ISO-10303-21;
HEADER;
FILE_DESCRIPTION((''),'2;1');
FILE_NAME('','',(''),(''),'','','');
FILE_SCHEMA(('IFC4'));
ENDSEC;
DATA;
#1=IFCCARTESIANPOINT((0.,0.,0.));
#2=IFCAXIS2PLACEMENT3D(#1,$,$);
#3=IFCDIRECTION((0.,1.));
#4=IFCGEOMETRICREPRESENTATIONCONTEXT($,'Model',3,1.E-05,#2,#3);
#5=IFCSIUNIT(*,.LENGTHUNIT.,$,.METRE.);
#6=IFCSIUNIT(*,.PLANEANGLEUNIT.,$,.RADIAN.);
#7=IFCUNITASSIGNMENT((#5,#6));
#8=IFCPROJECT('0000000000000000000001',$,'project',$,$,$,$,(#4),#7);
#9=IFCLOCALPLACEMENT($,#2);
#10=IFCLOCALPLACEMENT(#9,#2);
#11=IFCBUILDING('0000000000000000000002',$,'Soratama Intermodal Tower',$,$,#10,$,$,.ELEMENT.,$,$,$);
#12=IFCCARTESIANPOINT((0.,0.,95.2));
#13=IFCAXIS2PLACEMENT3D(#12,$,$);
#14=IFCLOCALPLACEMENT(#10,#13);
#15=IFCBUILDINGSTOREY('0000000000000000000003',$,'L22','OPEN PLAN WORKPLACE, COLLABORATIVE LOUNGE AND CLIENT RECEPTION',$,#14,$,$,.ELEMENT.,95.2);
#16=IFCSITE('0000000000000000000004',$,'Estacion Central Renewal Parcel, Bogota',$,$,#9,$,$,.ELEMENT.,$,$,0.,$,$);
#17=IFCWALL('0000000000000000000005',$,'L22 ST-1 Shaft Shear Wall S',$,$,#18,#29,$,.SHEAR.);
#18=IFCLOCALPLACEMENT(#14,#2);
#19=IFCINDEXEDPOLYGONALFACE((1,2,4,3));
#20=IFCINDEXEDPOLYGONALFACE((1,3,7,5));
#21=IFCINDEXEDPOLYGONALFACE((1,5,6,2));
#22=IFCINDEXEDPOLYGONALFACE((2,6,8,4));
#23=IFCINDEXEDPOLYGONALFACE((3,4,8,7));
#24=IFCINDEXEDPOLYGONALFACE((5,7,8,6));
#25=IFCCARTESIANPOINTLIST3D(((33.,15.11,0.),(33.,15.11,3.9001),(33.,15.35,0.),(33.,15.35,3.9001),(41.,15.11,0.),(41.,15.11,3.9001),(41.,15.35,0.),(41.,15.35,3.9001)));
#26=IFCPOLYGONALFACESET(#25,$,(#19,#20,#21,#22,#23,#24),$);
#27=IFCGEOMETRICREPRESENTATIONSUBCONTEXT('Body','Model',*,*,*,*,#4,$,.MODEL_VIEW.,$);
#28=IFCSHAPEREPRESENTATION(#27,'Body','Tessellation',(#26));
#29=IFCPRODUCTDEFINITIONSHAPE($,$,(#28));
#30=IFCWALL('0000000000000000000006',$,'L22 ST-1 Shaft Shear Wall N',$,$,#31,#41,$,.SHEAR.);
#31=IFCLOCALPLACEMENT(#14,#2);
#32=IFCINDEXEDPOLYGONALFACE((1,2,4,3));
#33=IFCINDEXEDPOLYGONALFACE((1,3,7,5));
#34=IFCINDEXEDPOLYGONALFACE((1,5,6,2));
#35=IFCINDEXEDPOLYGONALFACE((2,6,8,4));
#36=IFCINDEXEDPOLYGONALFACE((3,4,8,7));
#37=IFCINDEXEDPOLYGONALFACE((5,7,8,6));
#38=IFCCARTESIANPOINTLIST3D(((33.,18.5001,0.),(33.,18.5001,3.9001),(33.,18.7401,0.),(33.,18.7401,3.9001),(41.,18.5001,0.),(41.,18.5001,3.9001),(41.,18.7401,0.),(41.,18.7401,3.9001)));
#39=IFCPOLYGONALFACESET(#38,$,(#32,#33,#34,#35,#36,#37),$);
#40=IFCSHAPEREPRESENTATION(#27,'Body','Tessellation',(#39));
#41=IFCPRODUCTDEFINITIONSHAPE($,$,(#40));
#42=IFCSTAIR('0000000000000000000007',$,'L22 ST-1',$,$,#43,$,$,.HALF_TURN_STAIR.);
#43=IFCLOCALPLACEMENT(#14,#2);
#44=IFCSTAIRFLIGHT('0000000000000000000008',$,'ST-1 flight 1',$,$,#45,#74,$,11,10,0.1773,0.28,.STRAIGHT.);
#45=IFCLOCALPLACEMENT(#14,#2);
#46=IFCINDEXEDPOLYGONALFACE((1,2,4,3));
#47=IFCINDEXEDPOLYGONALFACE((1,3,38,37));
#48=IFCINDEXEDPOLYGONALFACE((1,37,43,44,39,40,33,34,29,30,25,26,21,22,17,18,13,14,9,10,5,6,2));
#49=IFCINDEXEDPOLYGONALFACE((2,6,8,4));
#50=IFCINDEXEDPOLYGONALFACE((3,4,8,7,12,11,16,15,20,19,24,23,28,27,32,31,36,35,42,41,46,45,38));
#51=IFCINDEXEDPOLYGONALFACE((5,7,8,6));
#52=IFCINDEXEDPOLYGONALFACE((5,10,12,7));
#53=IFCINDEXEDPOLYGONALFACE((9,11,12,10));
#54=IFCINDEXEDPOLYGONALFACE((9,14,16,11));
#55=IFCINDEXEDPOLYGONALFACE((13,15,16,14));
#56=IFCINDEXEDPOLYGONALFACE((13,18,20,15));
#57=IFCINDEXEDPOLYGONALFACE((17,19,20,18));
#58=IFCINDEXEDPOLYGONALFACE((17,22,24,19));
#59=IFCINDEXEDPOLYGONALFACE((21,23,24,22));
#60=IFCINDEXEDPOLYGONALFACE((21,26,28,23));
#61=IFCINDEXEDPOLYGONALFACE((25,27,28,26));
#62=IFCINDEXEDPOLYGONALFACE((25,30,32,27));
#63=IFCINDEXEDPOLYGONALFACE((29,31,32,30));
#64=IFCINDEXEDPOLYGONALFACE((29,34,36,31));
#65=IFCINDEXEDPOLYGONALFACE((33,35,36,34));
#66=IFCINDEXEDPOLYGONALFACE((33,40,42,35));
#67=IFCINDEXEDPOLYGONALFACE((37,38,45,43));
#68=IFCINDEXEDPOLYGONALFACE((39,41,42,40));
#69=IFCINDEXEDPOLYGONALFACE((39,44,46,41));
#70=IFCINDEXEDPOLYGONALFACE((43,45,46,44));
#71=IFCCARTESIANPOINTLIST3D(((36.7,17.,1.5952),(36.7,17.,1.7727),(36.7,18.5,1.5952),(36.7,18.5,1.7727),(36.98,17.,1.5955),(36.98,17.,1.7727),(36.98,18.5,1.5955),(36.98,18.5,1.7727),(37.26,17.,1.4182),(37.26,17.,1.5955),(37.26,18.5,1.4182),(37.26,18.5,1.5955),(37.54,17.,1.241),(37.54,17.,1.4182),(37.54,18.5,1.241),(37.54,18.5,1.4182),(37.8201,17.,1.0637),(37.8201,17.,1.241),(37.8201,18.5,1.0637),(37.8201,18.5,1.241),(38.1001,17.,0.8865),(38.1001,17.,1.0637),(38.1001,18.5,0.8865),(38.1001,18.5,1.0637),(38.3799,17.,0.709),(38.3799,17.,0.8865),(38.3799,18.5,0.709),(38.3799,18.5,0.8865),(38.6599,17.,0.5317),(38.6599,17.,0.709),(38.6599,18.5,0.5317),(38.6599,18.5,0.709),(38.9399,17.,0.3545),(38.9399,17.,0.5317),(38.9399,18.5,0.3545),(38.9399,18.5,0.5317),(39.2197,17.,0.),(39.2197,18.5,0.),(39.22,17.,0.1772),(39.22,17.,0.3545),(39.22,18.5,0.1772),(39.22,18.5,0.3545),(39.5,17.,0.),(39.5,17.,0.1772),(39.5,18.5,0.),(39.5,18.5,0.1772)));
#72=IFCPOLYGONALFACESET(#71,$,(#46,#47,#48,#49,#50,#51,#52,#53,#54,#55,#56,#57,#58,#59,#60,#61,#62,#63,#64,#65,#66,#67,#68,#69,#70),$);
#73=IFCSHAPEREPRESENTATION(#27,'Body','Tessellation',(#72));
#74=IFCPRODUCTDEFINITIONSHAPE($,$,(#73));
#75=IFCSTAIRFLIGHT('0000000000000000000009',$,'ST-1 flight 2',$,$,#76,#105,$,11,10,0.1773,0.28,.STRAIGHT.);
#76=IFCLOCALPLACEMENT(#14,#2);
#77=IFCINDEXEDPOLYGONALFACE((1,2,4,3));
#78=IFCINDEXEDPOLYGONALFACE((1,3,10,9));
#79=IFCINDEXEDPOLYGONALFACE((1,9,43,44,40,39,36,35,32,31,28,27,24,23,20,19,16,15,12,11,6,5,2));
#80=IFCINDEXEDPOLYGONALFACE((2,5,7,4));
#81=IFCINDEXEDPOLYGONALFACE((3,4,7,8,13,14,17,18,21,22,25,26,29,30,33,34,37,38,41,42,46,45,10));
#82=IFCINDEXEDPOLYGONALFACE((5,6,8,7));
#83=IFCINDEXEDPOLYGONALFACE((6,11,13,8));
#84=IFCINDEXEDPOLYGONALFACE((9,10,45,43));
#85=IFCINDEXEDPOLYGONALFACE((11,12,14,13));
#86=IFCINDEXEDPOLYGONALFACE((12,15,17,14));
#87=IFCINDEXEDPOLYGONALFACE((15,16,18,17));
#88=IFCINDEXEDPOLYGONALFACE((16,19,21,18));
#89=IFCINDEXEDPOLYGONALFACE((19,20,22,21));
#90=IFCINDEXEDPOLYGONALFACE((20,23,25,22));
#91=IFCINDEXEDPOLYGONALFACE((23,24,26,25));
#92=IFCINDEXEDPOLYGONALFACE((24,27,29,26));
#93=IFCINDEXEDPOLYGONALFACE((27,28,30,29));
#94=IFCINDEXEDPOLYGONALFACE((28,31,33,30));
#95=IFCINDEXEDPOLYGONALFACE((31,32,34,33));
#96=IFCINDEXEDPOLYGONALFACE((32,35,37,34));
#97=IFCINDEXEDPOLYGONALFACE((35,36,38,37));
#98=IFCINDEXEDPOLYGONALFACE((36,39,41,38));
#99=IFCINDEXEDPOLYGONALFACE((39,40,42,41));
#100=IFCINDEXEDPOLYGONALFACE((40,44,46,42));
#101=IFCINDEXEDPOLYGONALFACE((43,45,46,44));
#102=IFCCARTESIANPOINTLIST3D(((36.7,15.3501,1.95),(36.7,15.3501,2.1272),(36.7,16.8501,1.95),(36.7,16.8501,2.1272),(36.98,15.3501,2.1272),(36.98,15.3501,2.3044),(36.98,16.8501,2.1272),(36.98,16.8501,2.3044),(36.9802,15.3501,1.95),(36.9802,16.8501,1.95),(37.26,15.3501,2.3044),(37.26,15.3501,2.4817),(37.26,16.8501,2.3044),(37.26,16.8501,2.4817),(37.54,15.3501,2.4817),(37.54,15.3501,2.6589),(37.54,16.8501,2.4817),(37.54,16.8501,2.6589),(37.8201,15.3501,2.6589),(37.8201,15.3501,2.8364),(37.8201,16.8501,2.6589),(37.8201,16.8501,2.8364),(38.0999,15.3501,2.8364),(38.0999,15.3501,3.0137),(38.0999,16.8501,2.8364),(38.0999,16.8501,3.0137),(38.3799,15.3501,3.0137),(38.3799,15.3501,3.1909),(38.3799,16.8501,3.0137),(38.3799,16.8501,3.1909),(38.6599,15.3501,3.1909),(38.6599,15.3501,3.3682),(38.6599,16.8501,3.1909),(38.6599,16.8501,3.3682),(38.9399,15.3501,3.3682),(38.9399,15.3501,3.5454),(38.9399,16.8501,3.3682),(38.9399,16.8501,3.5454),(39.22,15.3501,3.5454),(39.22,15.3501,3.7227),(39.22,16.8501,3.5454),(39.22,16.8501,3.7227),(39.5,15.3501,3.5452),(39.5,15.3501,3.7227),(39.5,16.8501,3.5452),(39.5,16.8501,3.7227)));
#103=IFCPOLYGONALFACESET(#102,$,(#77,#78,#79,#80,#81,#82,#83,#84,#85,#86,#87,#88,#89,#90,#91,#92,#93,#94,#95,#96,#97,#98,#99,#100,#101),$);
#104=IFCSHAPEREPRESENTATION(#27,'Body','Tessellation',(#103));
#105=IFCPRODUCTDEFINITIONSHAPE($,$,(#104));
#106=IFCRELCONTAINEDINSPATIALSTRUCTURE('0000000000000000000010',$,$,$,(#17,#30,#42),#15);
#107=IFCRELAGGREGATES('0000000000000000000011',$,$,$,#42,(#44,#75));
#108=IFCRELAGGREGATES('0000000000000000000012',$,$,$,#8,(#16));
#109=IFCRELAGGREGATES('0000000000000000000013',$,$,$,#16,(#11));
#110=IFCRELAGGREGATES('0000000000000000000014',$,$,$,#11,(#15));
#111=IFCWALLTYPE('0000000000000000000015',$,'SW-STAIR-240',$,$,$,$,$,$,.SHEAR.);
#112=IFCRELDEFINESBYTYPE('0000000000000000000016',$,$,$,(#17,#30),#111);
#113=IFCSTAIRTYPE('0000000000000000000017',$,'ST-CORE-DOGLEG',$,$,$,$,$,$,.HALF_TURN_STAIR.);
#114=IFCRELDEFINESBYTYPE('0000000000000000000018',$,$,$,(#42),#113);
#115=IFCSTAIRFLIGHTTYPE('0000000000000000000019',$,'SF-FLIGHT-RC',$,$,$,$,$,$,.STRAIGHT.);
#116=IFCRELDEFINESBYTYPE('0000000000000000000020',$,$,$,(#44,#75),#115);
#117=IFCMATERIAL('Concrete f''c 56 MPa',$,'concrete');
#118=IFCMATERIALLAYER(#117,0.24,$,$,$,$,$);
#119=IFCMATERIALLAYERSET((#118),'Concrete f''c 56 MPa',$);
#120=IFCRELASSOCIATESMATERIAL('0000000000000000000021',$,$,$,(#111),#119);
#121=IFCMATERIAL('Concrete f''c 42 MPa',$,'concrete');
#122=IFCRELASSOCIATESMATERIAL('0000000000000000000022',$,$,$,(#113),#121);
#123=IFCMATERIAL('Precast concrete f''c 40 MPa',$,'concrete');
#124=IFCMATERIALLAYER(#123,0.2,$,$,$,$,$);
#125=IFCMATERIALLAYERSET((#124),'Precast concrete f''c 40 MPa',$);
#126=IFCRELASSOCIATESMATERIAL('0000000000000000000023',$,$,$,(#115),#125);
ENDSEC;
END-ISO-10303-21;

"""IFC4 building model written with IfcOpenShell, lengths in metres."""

from ifc_helpers import new_model, si_unit, direction, frame, frame_2d, origin, place, context, subcontext, project, spatial, polyline, rectangle, outline, extrude, material, layer, layer_set, type_object, element, aggregate, save


model = new_model("IFC4")

# Units and contexts
model_context = context("Model", 3, precision=1e-05, world=origin(), true_north=direction((0.0, 1.0)))
body_context = subcontext(model_context, "Body", "Model", "MODEL_VIEW")
ifc_project = project(units=[si_unit("LENGTHUNIT", "METRE"), si_unit("PLANEANGLEUNIT", "RADIAN")], contexts=[model_context])

# Site, building, storey
site_placement = place(None, origin())
site = spatial("IfcSite", under=ifc_project, at=site_placement, Name="Estacion Central Renewal Parcel, Bogota", CompositionType="ELEMENT", RefElevation=0.0)
building_placement = place(site_placement, origin())
building = spatial("IfcBuilding", under=site, at=building_placement, Name="Soratama Intermodal Tower", CompositionType="ELEMENT")
storey_placement = place(building_placement, frame((0.0, 0.0, 95.2)))
storey = spatial("IfcBuildingStorey", under=building, at=storey_placement, Name="L22", Description="OPEN PLAN WORKPLACE, COLLABORATIVE LOUNGE AND CLIENT RECEPTION", CompositionType="ELEMENT", Elevation=95.2)

# Walls
ifc_material_1 = material(Name="Concrete f'c 56 MPa", Category="concrete")
ifc_layer_1 = layer(ifc_material_1, 0.24)
ifc_layer_set_1 = layer_set([ifc_layer_1], Name="Concrete f'c 56 MPa")
wall_type_1 = type_object("IfcWallType", Name="SW-STAIR-240", PredefinedType="SHEAR", material=ifc_layer_set_1)
for number, where, z_axis, x_axis, name in (
    (1, (33.0, 15.23, 0.0), (0.0, 0.0, 1.0), (1.0, 0.0, 0.0), "L22 ST-1 Shaft Shear Wall S"),
    (2, (33.0, 18.6201, 0.0), (0.0, 0.0, 1.0), (1.0, 0.0, 0.0), "L22 ST-1 Shaft Shear Wall N"),
):
    element("IfcWall", number, at=place(storey_placement, frame(where, z_axis=z_axis, x_axis=x_axis)), inside=storey, type_object=wall_type_1, Name=name, PredefinedType="SHEAR", context=body_context, shape_type="SweptSolid", body=[
        extrude(rectangle(XDim=8.0, YDim=0.24, at=frame_2d((4.0, 0.0))), origin(), (0.0, 0.0, 1.0), 3.9001),
    ])

# Stair, stair flights
ifc_material_2 = material(Name="Concrete f'c 42 MPa", Category="concrete")
stair_type = type_object("IfcStairType", Name="ST-CORE-DOGLEG", PredefinedType="HALF_TURN_STAIR", material=ifc_material_2)
stair_placement = place(storey_placement, origin())
stair = element("IfcStair", 3, at=stair_placement, inside=storey, type_object=stair_type, Name="L22 ST-1", PredefinedType="HALF_TURN_STAIR")
ifc_material_3 = material(Name="Precast concrete f'c 40 MPa", Category="concrete")
ifc_layer_2 = layer(ifc_material_3, 0.2)
ifc_layer_set_2 = layer_set([ifc_layer_2], Name="Precast concrete f'c 40 MPa")
stair_flight_type = type_object("IfcStairFlightType", Name="SF-FLIGHT-RC", PredefinedType="STRAIGHT", material=ifc_layer_set_2)
stair_flight_1_placement = place(storey_placement, frame((39.5, 17.75, 0.0), z_axis=(0.0, 0.0, 1.0), x_axis=(-1.0, 0.0, 0.0)))
stair_flight_1 = element("IfcStairFlight", 4, at=stair_flight_1_placement, type_object=stair_flight_type, Name="ST-1 flight 1", NumberOfRisers=11, NumberOfTreads=10, PredefinedType="STRAIGHT", RiserHeight=0.1773, TreadLength=0.28, context=body_context, shape_type="SweptSolid", body=[
    extrude(outline(polyline([(0.0, 0.0), (0.0, 0.1772), (0.28, 0.1772), (0.28, 0.3545), (0.5601, 0.3545), (0.5601, 0.5317), (0.8401, 0.5317), (0.8401, 0.709), (1.1201, 0.709), (1.1201, 0.8865), (1.3999, 0.8865), (1.3999, 1.0637), (1.6799, 1.0637), (1.6799, 1.241), (1.96, 1.241), (1.96, 1.4182), (2.24, 1.4182), (2.24, 1.5955), (2.52, 1.5955), (2.52, 1.7727), (2.8, 1.7727), (2.8, 1.95), (2.8, 1.5952), (0.2803, 0.0), (0.0, 0.0)])), frame((0.0, 0.75, 0.0), z_axis=(0.0, -1.0, 0.0), x_axis=(1.0, 0.0, 0.0)), (0.0, 0.0, 1.0), 1.5),
])
stair_flight_2_placement = place(storey_placement, frame((36.7, 16.1001, 1.95), z_axis=(0.0, 0.0, 1.0), x_axis=(1.0, 0.0, 0.0)))
stair_flight_2 = element("IfcStairFlight", 5, at=stair_flight_2_placement, type_object=stair_flight_type, Name="ST-1 flight 2", NumberOfRisers=11, NumberOfTreads=10, PredefinedType="STRAIGHT", RiserHeight=0.1773, TreadLength=0.28, context=body_context, shape_type="SweptSolid", body=[
    extrude(outline(polyline([(0.0, 0.0), (0.0, 0.1772), (0.28, 0.1772), (0.28, 0.3545), (0.5601, 0.3545), (0.5601, 0.5317), (0.8401, 0.5317), (0.8401, 0.709), (1.1201, 0.709), (1.1201, 0.8865), (1.3999, 0.8865), (1.3999, 1.0637), (1.6799, 1.0637), (1.6799, 1.241), (1.96, 1.241), (1.96, 1.4182), (2.24, 1.4182), (2.24, 1.5955), (2.52, 1.5955), (2.52, 1.7727), (2.8, 1.7727), (2.8, 1.95), (2.8, 1.5952), (0.2803, 0.0), (0.0, 0.0)])), frame((0.0, 0.75, 0.0), z_axis=(0.0, -1.0, 0.0), x_axis=(1.0, 0.0, 0.0)), (0.0, 0.0, 1.0), 1.5),
])
aggregate(stair, [stair_flight_1, stair_flight_2])

save(model, "model.ifc")
